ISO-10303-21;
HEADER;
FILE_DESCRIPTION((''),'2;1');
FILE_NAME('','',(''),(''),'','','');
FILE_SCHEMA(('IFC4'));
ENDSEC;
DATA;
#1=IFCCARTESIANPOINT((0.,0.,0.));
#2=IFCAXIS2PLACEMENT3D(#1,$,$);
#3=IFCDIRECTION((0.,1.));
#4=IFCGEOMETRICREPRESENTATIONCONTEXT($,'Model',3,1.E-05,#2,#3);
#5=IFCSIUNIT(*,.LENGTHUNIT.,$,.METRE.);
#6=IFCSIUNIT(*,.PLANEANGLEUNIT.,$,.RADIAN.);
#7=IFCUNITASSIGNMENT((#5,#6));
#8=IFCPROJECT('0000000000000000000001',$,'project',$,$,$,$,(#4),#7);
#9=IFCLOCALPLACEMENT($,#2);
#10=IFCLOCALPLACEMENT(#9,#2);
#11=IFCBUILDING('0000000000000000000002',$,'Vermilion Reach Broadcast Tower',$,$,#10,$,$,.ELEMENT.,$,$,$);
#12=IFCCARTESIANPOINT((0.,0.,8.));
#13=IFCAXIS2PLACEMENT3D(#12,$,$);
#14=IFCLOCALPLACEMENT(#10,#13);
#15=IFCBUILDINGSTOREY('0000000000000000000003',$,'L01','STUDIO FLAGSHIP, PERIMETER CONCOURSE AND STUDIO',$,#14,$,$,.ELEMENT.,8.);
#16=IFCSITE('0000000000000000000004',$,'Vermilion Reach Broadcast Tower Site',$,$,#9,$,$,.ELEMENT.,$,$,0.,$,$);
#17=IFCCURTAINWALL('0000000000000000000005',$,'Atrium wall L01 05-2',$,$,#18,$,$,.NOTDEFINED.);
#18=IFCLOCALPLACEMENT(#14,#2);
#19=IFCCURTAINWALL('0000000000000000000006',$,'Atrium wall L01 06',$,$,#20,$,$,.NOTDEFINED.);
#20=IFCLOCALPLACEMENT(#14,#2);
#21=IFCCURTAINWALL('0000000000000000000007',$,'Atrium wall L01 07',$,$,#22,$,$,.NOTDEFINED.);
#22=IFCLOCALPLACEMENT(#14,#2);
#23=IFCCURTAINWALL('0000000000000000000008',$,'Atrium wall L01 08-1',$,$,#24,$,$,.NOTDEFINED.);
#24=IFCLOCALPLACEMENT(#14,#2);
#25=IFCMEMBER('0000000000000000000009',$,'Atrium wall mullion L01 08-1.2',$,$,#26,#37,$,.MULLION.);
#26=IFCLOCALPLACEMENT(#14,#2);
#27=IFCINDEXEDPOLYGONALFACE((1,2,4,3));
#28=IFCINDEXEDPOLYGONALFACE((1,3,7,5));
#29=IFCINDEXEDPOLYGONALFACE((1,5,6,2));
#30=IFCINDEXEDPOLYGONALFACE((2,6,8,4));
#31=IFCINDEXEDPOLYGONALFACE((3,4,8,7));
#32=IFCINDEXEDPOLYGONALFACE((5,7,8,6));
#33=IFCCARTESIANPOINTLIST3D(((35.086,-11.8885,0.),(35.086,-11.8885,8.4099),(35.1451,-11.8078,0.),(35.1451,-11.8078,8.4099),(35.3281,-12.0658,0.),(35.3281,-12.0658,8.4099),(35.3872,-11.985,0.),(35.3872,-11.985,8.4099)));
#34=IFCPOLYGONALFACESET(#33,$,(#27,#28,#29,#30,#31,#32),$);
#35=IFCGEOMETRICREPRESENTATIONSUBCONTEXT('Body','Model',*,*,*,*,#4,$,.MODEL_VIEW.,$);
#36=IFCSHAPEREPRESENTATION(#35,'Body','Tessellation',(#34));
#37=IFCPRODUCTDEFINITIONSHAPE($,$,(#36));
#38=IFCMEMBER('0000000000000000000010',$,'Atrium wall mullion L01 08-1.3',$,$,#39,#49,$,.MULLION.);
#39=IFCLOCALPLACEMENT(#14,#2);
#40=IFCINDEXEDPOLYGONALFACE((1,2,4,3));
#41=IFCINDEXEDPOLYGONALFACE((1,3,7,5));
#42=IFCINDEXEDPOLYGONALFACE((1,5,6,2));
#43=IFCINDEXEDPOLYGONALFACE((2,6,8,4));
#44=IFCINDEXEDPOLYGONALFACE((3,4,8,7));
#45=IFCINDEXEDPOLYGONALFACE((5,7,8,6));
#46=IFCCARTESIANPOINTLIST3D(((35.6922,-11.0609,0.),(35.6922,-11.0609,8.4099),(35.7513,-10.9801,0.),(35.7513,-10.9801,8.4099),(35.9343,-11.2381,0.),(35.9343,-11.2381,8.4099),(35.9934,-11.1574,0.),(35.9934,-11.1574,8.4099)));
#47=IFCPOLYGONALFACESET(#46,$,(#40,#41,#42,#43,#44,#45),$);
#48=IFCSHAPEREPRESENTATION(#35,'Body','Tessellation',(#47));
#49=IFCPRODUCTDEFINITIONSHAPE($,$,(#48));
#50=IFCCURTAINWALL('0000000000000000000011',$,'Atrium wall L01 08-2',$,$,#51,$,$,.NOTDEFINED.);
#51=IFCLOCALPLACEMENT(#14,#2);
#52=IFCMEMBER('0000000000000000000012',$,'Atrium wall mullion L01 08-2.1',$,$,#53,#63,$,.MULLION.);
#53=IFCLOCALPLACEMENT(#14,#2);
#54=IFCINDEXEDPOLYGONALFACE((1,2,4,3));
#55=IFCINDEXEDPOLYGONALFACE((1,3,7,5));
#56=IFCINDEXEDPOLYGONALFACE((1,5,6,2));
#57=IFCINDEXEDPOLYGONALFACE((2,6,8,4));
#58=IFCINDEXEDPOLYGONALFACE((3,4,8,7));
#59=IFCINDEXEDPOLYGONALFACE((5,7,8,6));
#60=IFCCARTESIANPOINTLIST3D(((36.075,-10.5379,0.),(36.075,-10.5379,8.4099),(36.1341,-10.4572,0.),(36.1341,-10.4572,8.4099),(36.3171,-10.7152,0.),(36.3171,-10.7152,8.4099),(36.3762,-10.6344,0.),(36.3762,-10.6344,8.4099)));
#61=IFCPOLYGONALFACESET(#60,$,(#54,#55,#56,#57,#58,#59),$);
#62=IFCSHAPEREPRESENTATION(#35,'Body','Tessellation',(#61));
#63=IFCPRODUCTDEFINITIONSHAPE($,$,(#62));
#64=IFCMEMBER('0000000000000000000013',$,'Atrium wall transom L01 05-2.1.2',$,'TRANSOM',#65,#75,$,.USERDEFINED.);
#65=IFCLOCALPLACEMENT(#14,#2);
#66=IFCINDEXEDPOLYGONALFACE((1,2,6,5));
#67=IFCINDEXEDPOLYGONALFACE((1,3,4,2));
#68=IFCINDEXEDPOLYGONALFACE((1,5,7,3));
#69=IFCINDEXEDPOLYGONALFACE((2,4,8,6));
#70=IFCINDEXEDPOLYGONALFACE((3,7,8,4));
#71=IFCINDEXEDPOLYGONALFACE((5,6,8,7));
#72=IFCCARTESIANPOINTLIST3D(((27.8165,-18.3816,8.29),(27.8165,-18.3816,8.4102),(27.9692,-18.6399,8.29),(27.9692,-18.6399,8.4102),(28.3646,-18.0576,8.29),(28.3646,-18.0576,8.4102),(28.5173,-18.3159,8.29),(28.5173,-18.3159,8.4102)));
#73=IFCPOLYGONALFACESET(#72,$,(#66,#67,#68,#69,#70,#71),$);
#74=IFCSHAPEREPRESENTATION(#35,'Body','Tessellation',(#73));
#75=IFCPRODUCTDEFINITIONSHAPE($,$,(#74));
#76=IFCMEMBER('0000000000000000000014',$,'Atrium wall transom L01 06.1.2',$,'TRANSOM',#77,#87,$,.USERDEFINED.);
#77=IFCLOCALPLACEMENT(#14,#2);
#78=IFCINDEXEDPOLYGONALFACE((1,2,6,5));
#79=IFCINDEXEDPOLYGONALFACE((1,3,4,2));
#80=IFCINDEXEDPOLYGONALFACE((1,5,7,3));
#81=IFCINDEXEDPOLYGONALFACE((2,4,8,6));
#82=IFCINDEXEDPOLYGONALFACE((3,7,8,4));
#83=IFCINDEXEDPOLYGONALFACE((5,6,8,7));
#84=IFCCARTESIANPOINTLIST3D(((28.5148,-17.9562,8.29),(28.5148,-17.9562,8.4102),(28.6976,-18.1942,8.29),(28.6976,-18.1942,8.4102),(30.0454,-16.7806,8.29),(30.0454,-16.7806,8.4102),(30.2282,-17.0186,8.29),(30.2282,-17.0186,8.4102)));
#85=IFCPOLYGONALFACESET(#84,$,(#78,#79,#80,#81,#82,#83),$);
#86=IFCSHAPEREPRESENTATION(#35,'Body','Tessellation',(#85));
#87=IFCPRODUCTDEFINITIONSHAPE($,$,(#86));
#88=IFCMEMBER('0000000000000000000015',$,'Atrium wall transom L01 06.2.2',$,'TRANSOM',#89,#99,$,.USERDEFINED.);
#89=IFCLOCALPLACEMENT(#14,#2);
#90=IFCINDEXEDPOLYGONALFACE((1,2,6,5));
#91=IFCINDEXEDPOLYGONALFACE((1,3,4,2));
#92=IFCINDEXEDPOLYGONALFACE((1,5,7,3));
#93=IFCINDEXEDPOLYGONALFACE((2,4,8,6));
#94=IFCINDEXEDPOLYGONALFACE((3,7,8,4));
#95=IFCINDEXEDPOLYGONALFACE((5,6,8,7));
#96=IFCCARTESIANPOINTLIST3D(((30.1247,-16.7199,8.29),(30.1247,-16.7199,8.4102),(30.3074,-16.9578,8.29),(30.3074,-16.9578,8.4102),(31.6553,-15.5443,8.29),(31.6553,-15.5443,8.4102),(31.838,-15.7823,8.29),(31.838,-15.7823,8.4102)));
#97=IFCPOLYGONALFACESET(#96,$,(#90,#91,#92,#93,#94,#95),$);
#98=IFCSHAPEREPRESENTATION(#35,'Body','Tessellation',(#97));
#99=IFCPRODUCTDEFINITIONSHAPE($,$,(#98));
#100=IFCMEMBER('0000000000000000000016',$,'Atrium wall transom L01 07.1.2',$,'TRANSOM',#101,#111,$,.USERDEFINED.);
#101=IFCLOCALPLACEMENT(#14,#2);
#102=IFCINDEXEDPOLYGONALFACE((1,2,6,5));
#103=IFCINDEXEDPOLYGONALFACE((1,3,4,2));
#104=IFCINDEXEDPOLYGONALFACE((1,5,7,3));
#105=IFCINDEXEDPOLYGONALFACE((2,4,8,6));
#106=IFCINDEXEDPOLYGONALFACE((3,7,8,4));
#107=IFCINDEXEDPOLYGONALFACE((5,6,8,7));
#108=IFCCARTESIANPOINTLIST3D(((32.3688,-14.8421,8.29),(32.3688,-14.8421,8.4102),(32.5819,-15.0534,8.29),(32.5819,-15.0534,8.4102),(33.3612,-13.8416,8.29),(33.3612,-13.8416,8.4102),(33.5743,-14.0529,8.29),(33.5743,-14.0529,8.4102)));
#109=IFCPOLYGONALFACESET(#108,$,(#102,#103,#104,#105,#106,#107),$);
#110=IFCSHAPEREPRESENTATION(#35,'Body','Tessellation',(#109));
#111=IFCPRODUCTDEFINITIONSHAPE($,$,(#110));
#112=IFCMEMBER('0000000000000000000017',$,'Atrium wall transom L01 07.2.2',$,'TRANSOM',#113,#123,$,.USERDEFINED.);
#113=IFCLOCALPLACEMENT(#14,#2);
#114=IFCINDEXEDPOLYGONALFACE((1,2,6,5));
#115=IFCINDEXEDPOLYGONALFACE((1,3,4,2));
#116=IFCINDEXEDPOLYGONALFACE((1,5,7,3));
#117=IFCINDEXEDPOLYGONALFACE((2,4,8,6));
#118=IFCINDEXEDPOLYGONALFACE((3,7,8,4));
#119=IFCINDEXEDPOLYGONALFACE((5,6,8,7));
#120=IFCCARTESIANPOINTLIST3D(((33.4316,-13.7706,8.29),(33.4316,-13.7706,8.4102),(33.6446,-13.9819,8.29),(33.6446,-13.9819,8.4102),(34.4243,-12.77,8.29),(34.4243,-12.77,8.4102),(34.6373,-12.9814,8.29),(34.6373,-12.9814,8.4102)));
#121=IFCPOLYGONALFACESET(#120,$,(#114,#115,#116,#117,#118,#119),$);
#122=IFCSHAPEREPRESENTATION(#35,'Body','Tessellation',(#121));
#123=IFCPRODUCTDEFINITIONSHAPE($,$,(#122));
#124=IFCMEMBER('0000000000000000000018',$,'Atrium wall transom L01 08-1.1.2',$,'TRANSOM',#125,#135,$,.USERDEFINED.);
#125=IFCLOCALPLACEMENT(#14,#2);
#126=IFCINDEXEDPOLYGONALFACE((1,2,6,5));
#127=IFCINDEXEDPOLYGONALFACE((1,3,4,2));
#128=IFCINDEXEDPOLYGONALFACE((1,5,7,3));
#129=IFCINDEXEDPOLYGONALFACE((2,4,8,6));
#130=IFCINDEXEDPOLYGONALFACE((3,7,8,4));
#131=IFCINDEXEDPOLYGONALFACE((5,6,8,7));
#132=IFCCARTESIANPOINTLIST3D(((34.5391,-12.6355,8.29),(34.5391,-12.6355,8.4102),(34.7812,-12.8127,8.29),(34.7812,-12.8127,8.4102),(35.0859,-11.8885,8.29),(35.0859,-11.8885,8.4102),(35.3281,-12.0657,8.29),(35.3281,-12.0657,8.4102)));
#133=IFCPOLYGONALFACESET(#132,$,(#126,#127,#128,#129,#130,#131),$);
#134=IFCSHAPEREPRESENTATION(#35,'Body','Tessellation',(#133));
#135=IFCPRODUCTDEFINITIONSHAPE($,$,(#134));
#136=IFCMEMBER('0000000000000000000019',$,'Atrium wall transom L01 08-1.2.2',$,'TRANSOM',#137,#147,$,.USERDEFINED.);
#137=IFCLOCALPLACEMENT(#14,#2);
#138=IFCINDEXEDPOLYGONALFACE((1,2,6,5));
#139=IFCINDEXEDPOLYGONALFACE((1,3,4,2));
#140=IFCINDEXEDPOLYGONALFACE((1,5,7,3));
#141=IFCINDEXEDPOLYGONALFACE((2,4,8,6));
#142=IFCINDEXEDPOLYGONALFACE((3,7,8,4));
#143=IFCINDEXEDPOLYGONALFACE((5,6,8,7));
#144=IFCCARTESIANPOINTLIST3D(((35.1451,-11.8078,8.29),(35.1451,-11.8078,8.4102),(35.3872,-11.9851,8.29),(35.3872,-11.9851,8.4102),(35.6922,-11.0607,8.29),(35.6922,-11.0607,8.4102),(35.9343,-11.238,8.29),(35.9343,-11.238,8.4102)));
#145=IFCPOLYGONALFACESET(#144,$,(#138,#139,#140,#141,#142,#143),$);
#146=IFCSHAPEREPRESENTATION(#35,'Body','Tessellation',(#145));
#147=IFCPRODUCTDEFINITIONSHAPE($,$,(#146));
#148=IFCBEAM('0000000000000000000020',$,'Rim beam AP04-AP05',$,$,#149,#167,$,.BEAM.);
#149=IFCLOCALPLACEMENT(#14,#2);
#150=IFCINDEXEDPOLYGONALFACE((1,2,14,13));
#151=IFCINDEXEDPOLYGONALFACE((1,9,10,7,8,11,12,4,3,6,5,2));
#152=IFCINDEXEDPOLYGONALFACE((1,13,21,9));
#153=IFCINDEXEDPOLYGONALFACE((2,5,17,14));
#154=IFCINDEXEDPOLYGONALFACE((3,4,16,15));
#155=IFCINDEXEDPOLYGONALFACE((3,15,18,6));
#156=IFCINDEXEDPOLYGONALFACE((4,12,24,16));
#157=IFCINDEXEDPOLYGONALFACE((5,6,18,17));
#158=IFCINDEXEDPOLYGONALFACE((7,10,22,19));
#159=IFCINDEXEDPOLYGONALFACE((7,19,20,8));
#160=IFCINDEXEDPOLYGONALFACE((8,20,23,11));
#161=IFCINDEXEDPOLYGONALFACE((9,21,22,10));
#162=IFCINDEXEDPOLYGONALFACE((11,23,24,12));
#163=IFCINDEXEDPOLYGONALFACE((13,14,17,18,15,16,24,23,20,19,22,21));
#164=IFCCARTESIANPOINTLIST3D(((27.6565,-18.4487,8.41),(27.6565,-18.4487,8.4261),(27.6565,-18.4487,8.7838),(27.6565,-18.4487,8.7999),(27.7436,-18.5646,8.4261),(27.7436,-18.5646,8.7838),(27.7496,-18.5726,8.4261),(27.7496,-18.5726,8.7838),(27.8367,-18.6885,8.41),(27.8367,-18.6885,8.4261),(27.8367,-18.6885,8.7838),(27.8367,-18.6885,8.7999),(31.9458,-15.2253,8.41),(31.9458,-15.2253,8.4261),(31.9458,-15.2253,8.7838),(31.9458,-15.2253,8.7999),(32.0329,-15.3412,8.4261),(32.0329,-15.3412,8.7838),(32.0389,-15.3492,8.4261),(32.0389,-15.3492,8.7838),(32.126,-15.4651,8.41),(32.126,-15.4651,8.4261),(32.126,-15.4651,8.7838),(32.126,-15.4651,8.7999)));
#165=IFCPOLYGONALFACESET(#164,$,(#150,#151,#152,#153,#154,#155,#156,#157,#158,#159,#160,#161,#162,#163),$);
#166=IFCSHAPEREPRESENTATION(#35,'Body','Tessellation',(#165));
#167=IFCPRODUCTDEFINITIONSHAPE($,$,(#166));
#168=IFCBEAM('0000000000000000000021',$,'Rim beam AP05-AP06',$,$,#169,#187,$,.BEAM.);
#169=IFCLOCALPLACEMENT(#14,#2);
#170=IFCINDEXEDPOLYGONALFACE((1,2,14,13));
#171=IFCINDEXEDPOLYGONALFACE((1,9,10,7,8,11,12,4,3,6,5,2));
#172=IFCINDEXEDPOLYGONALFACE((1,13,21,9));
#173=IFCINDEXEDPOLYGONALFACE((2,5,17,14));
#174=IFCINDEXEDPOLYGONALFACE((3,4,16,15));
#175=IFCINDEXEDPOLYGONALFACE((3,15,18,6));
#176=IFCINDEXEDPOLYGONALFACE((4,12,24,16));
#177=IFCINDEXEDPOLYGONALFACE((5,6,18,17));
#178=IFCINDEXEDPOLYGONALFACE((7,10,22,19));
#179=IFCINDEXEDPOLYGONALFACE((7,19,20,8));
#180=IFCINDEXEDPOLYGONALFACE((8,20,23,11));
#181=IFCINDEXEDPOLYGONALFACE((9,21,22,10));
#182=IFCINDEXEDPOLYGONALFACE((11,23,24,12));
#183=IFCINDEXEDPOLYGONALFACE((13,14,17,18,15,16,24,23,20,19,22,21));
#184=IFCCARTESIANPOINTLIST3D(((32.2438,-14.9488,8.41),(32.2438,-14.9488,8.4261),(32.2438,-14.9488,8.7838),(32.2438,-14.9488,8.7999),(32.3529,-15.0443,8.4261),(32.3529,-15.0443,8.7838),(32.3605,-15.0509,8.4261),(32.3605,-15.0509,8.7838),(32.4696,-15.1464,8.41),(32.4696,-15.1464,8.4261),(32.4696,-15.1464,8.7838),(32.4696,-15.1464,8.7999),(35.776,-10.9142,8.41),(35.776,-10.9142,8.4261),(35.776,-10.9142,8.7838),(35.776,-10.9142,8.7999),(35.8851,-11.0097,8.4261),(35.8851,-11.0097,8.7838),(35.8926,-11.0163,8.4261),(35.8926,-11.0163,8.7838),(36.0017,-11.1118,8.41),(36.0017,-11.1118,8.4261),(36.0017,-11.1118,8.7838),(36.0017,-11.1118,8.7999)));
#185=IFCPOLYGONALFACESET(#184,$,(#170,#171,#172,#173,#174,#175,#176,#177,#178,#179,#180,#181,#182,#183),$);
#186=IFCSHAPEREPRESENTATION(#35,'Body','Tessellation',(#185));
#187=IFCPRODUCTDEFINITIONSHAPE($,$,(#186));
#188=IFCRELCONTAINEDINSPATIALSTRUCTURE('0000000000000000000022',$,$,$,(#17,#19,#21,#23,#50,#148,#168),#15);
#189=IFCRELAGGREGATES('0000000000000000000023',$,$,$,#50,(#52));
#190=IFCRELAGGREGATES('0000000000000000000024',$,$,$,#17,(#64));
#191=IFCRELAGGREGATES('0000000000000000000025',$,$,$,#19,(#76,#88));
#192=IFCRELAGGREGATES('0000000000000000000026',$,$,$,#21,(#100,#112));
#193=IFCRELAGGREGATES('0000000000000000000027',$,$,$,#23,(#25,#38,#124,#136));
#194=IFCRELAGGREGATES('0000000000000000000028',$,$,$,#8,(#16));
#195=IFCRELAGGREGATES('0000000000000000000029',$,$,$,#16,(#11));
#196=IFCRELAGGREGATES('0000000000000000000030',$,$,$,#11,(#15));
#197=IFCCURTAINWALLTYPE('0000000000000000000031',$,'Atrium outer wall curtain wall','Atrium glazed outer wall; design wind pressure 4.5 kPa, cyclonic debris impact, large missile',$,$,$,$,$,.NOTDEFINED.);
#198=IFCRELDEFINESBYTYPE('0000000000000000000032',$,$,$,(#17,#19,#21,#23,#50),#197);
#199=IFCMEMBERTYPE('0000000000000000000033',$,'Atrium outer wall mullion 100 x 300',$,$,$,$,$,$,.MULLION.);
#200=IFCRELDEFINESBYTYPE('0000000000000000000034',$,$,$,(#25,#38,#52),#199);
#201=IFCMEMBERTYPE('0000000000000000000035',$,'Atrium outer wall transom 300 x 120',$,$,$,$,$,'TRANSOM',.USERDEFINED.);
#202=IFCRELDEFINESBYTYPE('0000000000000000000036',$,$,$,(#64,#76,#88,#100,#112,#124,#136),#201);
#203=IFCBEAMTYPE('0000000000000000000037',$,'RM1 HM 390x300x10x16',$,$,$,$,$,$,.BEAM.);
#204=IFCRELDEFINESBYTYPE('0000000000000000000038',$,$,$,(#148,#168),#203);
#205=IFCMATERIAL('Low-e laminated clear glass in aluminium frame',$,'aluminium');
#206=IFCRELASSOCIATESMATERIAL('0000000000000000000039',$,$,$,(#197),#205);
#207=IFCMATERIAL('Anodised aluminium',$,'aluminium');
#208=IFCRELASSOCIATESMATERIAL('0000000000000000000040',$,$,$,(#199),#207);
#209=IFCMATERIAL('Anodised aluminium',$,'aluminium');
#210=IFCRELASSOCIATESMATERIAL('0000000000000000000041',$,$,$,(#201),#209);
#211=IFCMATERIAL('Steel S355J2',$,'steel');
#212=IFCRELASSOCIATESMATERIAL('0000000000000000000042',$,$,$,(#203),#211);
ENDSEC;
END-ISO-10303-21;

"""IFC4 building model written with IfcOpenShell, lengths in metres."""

from ifc_helpers import new_model, si_unit, direction, frame, origin, origin_2d, place, context, subcontext, project, spatial, rectangle, i_section, extrude, material, material_profile, profile_set, type_object, element, aggregate, save


model = new_model("IFC4")

# Units and contexts
model_context = context("Model", 3, precision=1e-05, world=origin(), true_north=direction((0.0, 1.0)))
body_context = subcontext(model_context, "Body", "Model", "MODEL_VIEW")
ifc_project = project(units=[si_unit("LENGTHUNIT", "METRE"), si_unit("PLANEANGLEUNIT", "RADIAN")], contexts=[model_context])

# Site, building, storey
site_placement = place(None, origin())
site = spatial("IfcSite", under=ifc_project, at=site_placement, Name="Vermilion Reach Broadcast Tower Site", CompositionType="ELEMENT", RefElevation=0.0)
building_placement = place(site_placement, origin())
building = spatial("IfcBuilding", under=site, at=building_placement, Name="Vermilion Reach Broadcast Tower", CompositionType="ELEMENT")
storey_placement = place(building_placement, frame((0.0, 0.0, 8.0)))
storey = spatial("IfcBuildingStorey", under=building, at=storey_placement, Name="L01", Description="STUDIO FLAGSHIP, PERIMETER CONCOURSE AND STUDIO", CompositionType="ELEMENT", Elevation=8.0)

# Shared definitions
ifc_material_1 = material(Name="Low-e laminated clear glass in aluminium frame", Category="aluminium")
curtain_wall_type = type_object("IfcCurtainWallType", Name="Atrium outer wall curtain wall", Description="Atrium glazed outer wall; design wind pressure 4.5 kPa, cyclonic debris impact, large missile", PredefinedType="NOTDEFINED", material=ifc_material_1)
placement = place(storey_placement, origin())
ifc_material_2 = material(Name="Anodised aluminium", Category="aluminium")
ifc_material_profile_1 = material_profile(ifc_material_2, rectangle(XDim=0.3, YDim=0.1001, at=origin_2d()), Name="Atrium outer wall mullion 100 x 300")
ifc_profile_set_1 = profile_set([ifc_material_profile_1], Name="Anodised aluminium")
member_type_1 = type_object("IfcMemberType", Name="Atrium outer wall mullion 100 x 300", PredefinedType="MULLION", material=ifc_profile_set_1)

# Curtain walls, members
curtain_wall_1 = element("IfcCurtainWall", 1, at=placement, inside=storey, type_object=curtain_wall_type, Name="Atrium wall L01 05-2", PredefinedType="NOTDEFINED")
curtain_wall_2 = element("IfcCurtainWall", 2, at=placement, inside=storey, type_object=curtain_wall_type, Name="Atrium wall L01 06", PredefinedType="NOTDEFINED")
curtain_wall_3 = element("IfcCurtainWall", 3, at=placement, inside=storey, type_object=curtain_wall_type, Name="Atrium wall L01 07", PredefinedType="NOTDEFINED")
curtain_wall_4 = element("IfcCurtainWall", 4, at=placement, inside=storey, type_object=curtain_wall_type, Name="Atrium wall L01 08-1", PredefinedType="NOTDEFINED")
member_1_placement = place(storey_placement, frame((35.2366, -11.9368, 0.0), z_axis=(0.0, 0.0, 1.0), x_axis=(-0.806847, 0.59076, 0.0)))
member_1 = element("IfcMember", 5, at=member_1_placement, type_object=member_type_1, Name="Atrium wall mullion L01 08-1.2", PredefinedType="MULLION", context=body_context, shape_type="SweptSolid", body=[
    extrude(rectangle(XDim=0.3, YDim=0.1001, at=origin_2d()), origin(), (0.0, 0.0, 1.0), 8.4099),
])
member_2_placement = place(storey_placement, frame((35.8428, -11.1091, 0.0), z_axis=(0.0, 0.0, 1.0), x_axis=(-0.806847, 0.59076, 0.0)))
member_2 = element("IfcMember", 6, at=member_2_placement, type_object=member_type_1, Name="Atrium wall mullion L01 08-1.3", PredefinedType="MULLION", context=body_context, shape_type="SweptSolid", body=[
    extrude(rectangle(XDim=0.3, YDim=0.1001, at=origin_2d()), origin(), (0.0, 0.0, 1.0), 8.4099),
])

# Curtain wall, member
curtain_wall_5 = element("IfcCurtainWall", 7, at=placement, inside=storey, type_object=curtain_wall_type, Name="Atrium wall L01 08-2", PredefinedType="NOTDEFINED")
member_3_placement = place(storey_placement, frame((36.2256, -10.5862, 0.0), z_axis=(0.0, 0.0, 1.0), x_axis=(-0.806847, 0.59076, 0.0)))
member_3 = element("IfcMember", 8, at=member_3_placement, type_object=member_type_1, Name="Atrium wall mullion L01 08-2.1", PredefinedType="MULLION", context=body_context, shape_type="SweptSolid", body=[
    extrude(rectangle(XDim=0.3, YDim=0.1001, at=origin_2d()), origin(), (0.0, 0.0, 1.0), 8.4099),
])
aggregate(curtain_wall_5, [member_3])

# Members
ifc_material_3 = material(Name="Anodised aluminium", Category="aluminium")
ifc_material_profile_2 = material_profile(ifc_material_3, rectangle(XDim=0.3, YDim=0.1201, at=origin_2d()), Name="Atrium outer wall transom 300 x 120")
ifc_profile_set_2 = profile_set([ifc_material_profile_2], Name="Anodised aluminium")
member_type_2 = type_object("IfcMemberType", Name="Atrium outer wall transom 300 x 120", ElementType="TRANSOM", PredefinedType="USERDEFINED", material=ifc_profile_set_2)
member_4_placement = place(storey_placement, frame((27.8928, -18.5107, 8.3501), z_axis=(0.860858, 0.508846, 0.0), x_axis=(-0.508846, 0.860858, 0.0)))
member_4 = element("IfcMember", 9, at=member_4_placement, type_object=member_type_2, Name="Atrium wall transom L01 05-2.1.2", ObjectType="TRANSOM", PredefinedType="USERDEFINED", context=body_context, shape_type="SweptSolid", body=[
    extrude(rectangle(XDim=0.3, YDim=0.1201, at=origin_2d()), origin(), (0.0, 0.0, 1.0), 0.6367),
])
member_5_placement = place(storey_placement, frame((28.6062, -18.0752, 8.3501), z_axis=(0.793071, 0.60913, 0.0), x_axis=(-0.60913, 0.793071, 0.0)))
member_5 = element("IfcMember", 10, at=member_5_placement, type_object=member_type_2, Name="Atrium wall transom L01 06.1.2", ObjectType="TRANSOM", PredefinedType="USERDEFINED", context=body_context, shape_type="SweptSolid", body=[
    extrude(rectangle(XDim=0.3, YDim=0.1201, at=origin_2d()), origin(), (0.0, 0.0, 1.0), 1.9299),
])
member_6_placement = place(storey_placement, frame((30.2161, -16.8389, 8.3501), z_axis=(0.793071, 0.60913, 0.0), x_axis=(-0.60913, 0.793071, 0.0)))
member_6 = element("IfcMember", 11, at=member_6_placement, type_object=member_type_2, Name="Atrium wall transom L01 06.2.2", ObjectType="TRANSOM", PredefinedType="USERDEFINED", context=body_context, shape_type="SweptSolid", body=[
    extrude(rectangle(XDim=0.3, YDim=0.1201, at=origin_2d()), origin(), (0.0, 0.0, 1.0), 1.9299),
])
member_7_placement = place(storey_placement, frame((32.4753, -14.9478, 8.3501), z_axis=(0.704242, 0.70996, 0.0), x_axis=(-0.70996, 0.704242, 0.0)))
member_7 = element("IfcMember", 12, at=member_7_placement, type_object=member_type_2, Name="Atrium wall transom L01 07.1.2", ObjectType="TRANSOM", PredefinedType="USERDEFINED", context=body_context, shape_type="SweptSolid", body=[
    extrude(rectangle(XDim=0.3, YDim=0.1201, at=origin_2d()), origin(), (0.0, 0.0, 1.0), 1.4092),
])
member_8_placement = place(storey_placement, frame((33.5381, -13.8762, 8.3501), z_axis=(0.70433, 0.709873, 0.0), x_axis=(-0.709873, 0.70433, 0.0)))
member_8 = element("IfcMember", 13, at=member_8_placement, type_object=member_type_2, Name="Atrium wall transom L01 07.2.2", ObjectType="TRANSOM", PredefinedType="USERDEFINED", context=body_context, shape_type="SweptSolid", body=[
    extrude(rectangle(XDim=0.3, YDim=0.1201, at=origin_2d()), origin(), (0.0, 0.0, 1.0), 1.4094),
])
member_9_placement = place(storey_placement, frame((34.6602, -12.7241, 8.3501), z_axis=(0.590678, 0.806908, 0.0), x_axis=(-0.806908, 0.590678, 0.0)))
member_9 = element("IfcMember", 14, at=member_9_placement, type_object=member_type_2, Name="Atrium wall transom L01 08-1.1.2", ObjectType="TRANSOM", PredefinedType="USERDEFINED", context=body_context, shape_type="SweptSolid", body=[
    extrude(rectangle(XDim=0.3, YDim=0.1201, at=origin_2d()), origin(), (0.0, 0.0, 1.0), 0.9258),
])
member_10_placement = place(storey_placement, frame((35.2661, -11.8965, 8.3501), z_axis=(0.590849, 0.806782, 0.0), x_axis=(-0.806782, 0.590849, 0.0)))
member_10 = element("IfcMember", 15, at=member_10_placement, type_object=member_type_2, Name="Atrium wall transom L01 08-1.2.2", ObjectType="TRANSOM", PredefinedType="USERDEFINED", context=body_context, shape_type="SweptSolid", body=[
    extrude(rectangle(XDim=0.3, YDim=0.1201, at=origin_2d()), origin(), (0.0, 0.0, 1.0), 0.926),
])

# Beams
ifc_material_4 = material(Name="Steel S355J2", Category="steel")
ifc_material_profile_3 = material_profile(ifc_material_4, i_section(OverallWidth=0.3, OverallDepth=0.3899, WebThickness=0.01, FlangeThickness=0.0161, at=origin_2d()), Name="S355J2 HM 390x300x10x16")
ifc_profile_set_3 = profile_set([ifc_material_profile_3], Name="Steel S355J2")
beam_type = type_object("IfcBeamType", Name="RM1 HM 390x300x10x16", PredefinedType="BEAM", material=ifc_profile_set_3)
beam_1_placement = place(storey_placement, frame((27.7466, -18.5686, 8.605), z_axis=(0.799426, 0.600764, 0.0), x_axis=(-0.600764, 0.799426, 0.0)))
element("IfcBeam", 16, at=beam_1_placement, inside=storey, type_object=beam_type, Name="Rim beam AP04-AP05", PredefinedType="BEAM", context=body_context, shape_type="SweptSolid", body=[
    extrude(i_section(OverallWidth=0.3, OverallDepth=0.3899, WebThickness=0.01, FlangeThickness=0.0161, at=origin_2d()), origin(), (0.0, 0.0, 1.0), 5.3655),
])
beam_2_placement = place(storey_placement, frame((32.3567, -15.0476, 8.605), z_axis=(0.658704, 0.752402, 0.0), x_axis=(-0.752402, 0.658704, 0.0)))
element("IfcBeam", 17, at=beam_2_placement, inside=storey, type_object=beam_type, Name="Rim beam AP05-AP06", PredefinedType="BEAM", context=body_context, shape_type="SweptSolid", body=[
    extrude(i_section(OverallWidth=0.3, OverallDepth=0.3899, WebThickness=0.01, FlangeThickness=0.0161, at=origin_2d()), origin(), (0.0, 0.0, 1.0), 5.3623),
])

aggregate(curtain_wall_1, [member_4])
aggregate(curtain_wall_2, [member_5, member_6])
aggregate(curtain_wall_3, [member_7, member_8])
aggregate(curtain_wall_4, [member_1, member_2, member_9, member_10])

save(model, "model.ifc")
